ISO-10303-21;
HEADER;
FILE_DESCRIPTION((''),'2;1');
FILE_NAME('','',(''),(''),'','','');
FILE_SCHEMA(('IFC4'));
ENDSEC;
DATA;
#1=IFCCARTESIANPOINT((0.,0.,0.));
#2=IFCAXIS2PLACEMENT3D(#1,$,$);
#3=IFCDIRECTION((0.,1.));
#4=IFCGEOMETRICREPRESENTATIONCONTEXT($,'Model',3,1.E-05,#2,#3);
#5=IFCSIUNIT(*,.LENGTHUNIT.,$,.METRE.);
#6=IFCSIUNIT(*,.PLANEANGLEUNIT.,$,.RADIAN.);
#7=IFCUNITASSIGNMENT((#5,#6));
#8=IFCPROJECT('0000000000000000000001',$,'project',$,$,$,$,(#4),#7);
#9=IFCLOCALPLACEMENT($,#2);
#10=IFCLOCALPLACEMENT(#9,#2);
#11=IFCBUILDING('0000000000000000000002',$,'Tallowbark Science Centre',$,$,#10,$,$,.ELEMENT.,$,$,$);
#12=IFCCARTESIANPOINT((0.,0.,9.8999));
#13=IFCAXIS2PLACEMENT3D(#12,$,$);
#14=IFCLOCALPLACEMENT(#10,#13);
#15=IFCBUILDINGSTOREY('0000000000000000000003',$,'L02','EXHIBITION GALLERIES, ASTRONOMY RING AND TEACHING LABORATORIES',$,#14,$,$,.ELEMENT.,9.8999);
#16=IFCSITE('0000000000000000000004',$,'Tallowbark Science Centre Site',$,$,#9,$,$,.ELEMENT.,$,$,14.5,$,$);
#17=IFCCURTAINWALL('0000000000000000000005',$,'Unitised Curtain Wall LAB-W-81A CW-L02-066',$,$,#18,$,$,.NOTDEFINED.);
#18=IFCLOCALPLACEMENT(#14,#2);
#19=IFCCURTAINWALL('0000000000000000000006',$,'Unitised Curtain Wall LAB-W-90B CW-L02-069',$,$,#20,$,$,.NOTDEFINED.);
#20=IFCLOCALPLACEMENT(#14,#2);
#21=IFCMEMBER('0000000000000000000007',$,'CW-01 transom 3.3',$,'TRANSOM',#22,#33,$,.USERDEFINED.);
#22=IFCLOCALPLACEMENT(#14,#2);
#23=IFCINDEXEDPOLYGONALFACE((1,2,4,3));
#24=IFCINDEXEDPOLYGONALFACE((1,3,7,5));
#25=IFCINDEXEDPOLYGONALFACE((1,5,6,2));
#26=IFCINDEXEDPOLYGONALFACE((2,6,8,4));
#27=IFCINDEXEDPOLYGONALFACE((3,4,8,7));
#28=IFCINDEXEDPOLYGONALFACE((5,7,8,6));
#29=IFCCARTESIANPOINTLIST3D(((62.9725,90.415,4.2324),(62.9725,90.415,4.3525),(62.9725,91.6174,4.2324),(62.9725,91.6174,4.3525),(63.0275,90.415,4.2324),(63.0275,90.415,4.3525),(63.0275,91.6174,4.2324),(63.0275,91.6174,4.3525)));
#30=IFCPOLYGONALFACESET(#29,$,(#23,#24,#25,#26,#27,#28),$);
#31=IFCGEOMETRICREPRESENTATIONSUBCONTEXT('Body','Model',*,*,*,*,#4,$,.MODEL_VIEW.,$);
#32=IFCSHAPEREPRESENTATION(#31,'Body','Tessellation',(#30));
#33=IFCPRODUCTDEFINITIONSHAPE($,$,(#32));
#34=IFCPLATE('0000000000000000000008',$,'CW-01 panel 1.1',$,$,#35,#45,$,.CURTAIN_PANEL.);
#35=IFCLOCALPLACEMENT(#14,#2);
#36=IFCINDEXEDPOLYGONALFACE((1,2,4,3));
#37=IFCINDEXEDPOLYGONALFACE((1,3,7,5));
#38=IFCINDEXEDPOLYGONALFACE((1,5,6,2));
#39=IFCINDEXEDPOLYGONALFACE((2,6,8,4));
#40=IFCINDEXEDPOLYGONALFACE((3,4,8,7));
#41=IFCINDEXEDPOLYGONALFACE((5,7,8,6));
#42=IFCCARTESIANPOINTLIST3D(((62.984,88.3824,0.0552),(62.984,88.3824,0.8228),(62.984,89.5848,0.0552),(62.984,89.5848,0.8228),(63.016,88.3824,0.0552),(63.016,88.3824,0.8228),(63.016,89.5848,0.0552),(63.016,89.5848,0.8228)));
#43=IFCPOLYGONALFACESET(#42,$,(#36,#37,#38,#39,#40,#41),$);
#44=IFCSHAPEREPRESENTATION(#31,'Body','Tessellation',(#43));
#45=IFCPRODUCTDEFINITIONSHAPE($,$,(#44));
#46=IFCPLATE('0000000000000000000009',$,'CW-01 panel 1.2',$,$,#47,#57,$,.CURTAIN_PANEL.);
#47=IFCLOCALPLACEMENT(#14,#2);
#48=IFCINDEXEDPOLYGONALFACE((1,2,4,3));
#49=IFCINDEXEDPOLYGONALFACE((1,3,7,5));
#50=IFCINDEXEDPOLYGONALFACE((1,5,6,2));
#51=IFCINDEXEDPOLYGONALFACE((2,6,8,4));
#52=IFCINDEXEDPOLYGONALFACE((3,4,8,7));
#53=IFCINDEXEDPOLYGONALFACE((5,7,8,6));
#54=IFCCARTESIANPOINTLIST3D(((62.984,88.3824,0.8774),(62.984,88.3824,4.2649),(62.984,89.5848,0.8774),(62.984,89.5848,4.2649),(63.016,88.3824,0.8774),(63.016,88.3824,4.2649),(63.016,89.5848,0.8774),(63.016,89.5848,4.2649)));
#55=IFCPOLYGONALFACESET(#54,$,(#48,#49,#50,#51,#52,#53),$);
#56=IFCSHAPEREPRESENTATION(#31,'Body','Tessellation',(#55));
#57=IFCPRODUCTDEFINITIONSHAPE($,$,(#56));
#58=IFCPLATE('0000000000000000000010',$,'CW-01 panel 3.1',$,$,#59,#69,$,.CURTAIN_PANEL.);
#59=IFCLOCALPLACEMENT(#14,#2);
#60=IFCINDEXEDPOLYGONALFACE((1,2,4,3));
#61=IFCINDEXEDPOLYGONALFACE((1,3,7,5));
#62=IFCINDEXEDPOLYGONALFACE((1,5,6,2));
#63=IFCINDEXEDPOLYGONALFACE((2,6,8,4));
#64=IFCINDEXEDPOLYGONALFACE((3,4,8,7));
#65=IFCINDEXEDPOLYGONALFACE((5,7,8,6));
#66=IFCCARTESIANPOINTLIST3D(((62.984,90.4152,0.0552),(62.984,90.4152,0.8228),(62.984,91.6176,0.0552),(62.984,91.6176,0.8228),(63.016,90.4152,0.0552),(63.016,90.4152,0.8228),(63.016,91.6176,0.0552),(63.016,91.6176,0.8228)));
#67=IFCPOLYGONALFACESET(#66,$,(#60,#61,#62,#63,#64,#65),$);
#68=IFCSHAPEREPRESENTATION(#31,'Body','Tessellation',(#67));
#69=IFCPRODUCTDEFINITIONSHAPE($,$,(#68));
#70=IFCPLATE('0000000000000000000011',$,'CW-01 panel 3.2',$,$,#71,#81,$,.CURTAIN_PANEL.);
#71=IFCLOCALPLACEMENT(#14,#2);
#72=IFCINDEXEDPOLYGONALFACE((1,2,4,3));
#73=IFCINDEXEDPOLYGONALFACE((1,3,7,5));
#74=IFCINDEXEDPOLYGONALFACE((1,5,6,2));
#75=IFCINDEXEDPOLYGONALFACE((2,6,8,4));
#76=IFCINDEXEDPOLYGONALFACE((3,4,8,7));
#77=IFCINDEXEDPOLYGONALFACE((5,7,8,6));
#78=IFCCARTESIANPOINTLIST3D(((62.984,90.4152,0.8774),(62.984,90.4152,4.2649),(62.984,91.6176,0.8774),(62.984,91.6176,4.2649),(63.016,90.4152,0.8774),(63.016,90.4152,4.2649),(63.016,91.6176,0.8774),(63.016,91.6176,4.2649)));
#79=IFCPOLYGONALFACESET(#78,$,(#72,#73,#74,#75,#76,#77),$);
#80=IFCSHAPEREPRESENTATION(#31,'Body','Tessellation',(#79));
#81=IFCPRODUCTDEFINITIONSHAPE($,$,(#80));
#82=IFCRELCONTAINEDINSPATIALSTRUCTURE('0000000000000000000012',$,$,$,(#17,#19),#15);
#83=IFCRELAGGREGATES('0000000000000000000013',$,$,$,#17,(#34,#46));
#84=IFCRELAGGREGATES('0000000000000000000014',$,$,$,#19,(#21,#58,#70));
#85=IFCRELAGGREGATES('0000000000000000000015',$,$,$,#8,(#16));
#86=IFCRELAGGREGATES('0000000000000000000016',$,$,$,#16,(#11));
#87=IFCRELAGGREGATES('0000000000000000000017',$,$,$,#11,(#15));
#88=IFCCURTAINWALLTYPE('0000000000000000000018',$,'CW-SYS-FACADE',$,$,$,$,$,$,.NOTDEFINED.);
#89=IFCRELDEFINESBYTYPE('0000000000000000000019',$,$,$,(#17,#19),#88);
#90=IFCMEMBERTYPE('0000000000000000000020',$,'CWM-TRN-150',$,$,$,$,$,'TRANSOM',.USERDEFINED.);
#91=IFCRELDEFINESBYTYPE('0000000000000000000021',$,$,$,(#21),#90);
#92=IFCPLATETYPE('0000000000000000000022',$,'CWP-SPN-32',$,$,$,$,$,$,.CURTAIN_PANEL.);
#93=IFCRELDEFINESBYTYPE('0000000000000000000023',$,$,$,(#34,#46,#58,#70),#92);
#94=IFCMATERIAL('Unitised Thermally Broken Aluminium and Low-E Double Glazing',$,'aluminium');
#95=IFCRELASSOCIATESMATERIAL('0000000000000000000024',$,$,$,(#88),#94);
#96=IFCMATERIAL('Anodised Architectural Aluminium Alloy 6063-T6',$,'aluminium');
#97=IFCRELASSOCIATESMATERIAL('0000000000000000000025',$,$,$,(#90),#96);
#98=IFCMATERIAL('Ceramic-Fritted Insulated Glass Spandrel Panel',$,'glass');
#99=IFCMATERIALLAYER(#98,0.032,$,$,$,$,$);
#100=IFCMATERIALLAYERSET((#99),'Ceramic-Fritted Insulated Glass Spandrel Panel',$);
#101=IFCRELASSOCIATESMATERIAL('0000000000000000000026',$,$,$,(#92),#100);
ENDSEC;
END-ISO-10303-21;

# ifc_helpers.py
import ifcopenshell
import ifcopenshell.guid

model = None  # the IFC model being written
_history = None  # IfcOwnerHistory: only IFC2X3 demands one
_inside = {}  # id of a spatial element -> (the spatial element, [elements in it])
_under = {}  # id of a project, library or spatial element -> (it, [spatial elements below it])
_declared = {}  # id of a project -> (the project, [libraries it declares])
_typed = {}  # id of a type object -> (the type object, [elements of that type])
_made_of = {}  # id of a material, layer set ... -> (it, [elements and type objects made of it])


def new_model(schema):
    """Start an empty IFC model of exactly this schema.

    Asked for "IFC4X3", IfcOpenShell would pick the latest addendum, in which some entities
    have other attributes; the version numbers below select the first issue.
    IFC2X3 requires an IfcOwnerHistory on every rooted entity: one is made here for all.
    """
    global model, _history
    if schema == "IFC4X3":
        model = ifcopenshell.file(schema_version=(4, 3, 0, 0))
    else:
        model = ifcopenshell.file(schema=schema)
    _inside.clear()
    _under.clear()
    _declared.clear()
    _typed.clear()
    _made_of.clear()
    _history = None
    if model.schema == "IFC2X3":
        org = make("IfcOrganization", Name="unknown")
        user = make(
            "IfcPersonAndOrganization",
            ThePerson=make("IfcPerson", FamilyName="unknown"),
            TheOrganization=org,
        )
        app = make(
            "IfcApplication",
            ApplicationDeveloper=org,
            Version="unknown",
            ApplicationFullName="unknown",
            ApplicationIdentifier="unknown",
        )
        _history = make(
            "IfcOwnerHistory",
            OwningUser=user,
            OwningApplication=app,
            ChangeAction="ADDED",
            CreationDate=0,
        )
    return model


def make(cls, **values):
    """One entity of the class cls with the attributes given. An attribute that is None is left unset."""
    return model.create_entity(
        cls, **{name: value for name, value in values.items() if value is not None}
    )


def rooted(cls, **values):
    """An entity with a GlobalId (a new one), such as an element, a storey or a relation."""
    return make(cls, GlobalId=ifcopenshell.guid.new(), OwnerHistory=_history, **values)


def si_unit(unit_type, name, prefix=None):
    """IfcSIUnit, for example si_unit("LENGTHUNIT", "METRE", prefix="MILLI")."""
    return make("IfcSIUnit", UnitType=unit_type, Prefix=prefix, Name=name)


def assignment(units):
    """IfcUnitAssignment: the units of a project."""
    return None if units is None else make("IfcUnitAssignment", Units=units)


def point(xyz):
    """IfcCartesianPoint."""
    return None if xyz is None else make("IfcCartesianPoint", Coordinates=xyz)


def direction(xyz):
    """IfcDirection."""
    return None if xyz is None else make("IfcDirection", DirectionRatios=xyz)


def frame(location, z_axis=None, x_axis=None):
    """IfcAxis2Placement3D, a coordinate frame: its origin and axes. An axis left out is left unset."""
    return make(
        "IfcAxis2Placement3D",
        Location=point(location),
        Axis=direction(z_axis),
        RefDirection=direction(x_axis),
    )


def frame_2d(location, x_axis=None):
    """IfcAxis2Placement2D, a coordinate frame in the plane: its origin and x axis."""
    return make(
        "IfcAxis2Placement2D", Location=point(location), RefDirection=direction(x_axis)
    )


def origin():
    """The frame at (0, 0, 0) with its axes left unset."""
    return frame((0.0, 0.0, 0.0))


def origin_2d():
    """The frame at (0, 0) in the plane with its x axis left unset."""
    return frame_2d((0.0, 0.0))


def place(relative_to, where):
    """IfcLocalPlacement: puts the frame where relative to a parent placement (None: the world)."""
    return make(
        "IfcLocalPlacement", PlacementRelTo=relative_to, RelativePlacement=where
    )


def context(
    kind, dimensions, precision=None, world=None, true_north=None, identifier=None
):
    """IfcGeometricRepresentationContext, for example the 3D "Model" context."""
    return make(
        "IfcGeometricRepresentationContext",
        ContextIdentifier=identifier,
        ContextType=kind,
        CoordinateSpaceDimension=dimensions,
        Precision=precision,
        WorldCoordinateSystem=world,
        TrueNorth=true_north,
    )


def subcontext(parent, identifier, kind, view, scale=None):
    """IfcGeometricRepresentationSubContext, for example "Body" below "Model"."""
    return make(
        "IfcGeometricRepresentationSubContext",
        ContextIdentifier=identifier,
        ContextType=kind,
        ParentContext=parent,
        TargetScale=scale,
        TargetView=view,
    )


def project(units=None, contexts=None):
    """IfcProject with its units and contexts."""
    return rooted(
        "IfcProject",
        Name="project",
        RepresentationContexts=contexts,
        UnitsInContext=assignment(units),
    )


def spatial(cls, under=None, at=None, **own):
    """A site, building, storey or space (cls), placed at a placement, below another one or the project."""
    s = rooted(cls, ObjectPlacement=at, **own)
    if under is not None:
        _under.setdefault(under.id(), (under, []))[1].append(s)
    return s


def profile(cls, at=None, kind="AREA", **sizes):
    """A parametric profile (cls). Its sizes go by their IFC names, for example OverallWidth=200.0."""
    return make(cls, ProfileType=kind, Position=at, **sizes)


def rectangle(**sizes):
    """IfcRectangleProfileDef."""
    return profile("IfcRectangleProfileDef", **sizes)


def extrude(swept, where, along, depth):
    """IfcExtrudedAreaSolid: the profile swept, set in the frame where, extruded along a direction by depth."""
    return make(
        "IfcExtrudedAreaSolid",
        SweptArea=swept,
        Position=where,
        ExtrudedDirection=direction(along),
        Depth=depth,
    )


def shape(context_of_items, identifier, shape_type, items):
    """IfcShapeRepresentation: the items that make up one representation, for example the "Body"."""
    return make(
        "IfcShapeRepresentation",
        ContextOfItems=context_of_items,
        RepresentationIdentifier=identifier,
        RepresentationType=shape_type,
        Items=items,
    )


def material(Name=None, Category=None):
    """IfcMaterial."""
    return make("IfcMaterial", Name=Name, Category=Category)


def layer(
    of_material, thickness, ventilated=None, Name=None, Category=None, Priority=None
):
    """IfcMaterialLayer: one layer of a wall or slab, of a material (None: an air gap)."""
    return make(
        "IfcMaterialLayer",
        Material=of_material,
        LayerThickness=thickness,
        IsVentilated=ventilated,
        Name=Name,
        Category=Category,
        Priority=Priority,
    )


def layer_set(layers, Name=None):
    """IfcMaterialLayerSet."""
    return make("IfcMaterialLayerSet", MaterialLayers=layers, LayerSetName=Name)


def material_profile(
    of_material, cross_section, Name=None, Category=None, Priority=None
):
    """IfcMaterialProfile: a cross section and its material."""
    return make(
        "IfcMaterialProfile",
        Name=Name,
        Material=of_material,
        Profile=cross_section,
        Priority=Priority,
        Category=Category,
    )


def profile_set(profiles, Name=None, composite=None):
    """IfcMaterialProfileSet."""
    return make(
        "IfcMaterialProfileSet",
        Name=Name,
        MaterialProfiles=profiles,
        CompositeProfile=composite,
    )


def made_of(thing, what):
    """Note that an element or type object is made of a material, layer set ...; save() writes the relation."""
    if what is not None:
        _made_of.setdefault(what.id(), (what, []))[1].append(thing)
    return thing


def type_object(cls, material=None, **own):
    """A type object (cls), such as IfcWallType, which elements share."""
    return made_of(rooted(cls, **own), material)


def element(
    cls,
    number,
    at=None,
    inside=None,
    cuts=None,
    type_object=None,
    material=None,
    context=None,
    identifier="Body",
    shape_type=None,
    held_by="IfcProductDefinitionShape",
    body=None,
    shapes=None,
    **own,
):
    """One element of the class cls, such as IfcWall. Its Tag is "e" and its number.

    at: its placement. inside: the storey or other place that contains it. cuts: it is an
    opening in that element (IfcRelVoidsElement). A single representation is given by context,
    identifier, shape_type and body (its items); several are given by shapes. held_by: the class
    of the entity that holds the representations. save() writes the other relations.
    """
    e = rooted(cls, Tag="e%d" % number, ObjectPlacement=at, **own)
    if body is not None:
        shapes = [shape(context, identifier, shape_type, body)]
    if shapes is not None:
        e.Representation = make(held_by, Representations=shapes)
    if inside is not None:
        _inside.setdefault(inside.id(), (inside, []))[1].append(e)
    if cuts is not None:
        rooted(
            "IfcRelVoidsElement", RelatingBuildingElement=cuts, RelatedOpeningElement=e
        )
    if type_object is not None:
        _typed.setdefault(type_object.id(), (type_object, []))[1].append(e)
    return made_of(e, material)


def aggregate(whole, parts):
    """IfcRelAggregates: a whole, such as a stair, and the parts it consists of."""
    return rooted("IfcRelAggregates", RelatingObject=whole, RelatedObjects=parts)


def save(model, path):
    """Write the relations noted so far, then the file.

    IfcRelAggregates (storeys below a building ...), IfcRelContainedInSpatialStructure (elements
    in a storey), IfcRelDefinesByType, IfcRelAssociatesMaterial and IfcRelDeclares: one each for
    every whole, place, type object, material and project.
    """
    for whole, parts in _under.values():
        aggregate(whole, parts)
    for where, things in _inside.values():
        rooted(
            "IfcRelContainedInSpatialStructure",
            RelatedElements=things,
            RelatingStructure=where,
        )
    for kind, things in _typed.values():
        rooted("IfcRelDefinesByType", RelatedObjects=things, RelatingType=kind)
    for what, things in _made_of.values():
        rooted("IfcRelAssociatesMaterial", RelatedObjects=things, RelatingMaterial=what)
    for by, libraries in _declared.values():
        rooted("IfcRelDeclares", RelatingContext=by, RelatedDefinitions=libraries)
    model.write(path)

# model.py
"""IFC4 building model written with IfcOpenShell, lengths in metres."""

from ifc_helpers import new_model, si_unit, direction, frame, origin, origin_2d, place, context, subcontext, project, spatial, rectangle, extrude, material, layer, layer_set, material_profile, profile_set, type_object, element, aggregate, save


model = new_model("IFC4")

# Units and contexts
model_context = context("Model", 3, precision=1e-05, world=origin(), true_north=direction((0.0, 1.0)))
body_context = subcontext(model_context, "Body", "Model", "MODEL_VIEW")
ifc_project = project(units=[si_unit("LENGTHUNIT", "METRE"), si_unit("PLANEANGLEUNIT", "RADIAN")], contexts=[model_context])

# Site, building, storey
site_placement = place(None, origin())
site = spatial("IfcSite", under=ifc_project, at=site_placement, Name="Tallowbark Science Centre Site", CompositionType="ELEMENT", RefElevation=14.5)
building_placement = place(site_placement, origin())
building = spatial("IfcBuilding", under=site, at=building_placement, Name="Tallowbark Science Centre", CompositionType="ELEMENT")
storey_placement = place(building_placement, frame((0.0, 0.0, 9.8999)))
storey = spatial("IfcBuildingStorey", under=building, at=storey_placement, Name="L02", Description="EXHIBITION GALLERIES, ASTRONOMY RING AND TEACHING LABORATORIES", CompositionType="ELEMENT", Elevation=9.8999)

# Curtain wall
ifc_material_1 = material(Name="Unitised Thermally Broken Aluminium and Low-E Double Glazing", Category="aluminium")
curtain_wall_type = type_object("IfcCurtainWallType", Name="CW-SYS-FACADE", PredefinedType="NOTDEFINED", material=ifc_material_1)
curtain_wall_1_placement = place(storey_placement, origin())
curtain_wall_1 = element("IfcCurtainWall", 1, at=curtain_wall_1_placement, inside=storey, type_object=curtain_wall_type, Name="Unitised Curtain Wall LAB-W-81A CW-L02-066", PredefinedType="NOTDEFINED")
ifc_material_2 = material(Name="Anodised Architectural Aluminium Alloy 6063-T6", Category="aluminium")

# Curtain wall
curtain_wall_2_placement = place(storey_placement, origin())
curtain_wall_2 = element("IfcCurtainWall", 2, at=curtain_wall_2_placement, inside=storey, type_object=curtain_wall_type, Name="Unitised Curtain Wall LAB-W-90B CW-L02-069", PredefinedType="NOTDEFINED")

# Member
ifc_material_profile_1 = material_profile(ifc_material_2, rectangle(XDim=0.0549, YDim=0.1201, at=origin_2d()), Name="ALU55x120")
ifc_profile_set_1 = profile_set([ifc_material_profile_1], Name="Anodised Architectural Aluminium Alloy 6063-T6")
member_type_1 = type_object("IfcMemberType", Name="CWM-TRN-150", ElementType="TRANSOM", PredefinedType="USERDEFINED", material=ifc_profile_set_1)
member_1_placement = place(storey_placement, frame((63.0, 91.6174, 4.2925), z_axis=(0.0, -1.0, 0.0), x_axis=(1.0, 0.0, 0.0)))
member_1 = element("IfcMember", 3, at=member_1_placement, type_object=member_type_1, Name="CW-01 transom 3.3", ObjectType="TRANSOM", PredefinedType="USERDEFINED", context=body_context, shape_type="SweptSolid", body=[
    extrude(rectangle(XDim=0.0549, YDim=0.1201, at=origin_2d()), origin(), (0.0, 0.0, 1.0), 1.2024),
])

# Plates
ifc_material_3 = material(Name="Ceramic-Fritted Insulated Glass Spandrel Panel", Category="glass")
ifc_layer = layer(ifc_material_3, 0.032)
ifc_layer_set = layer_set([ifc_layer], Name="Ceramic-Fritted Insulated Glass Spandrel Panel")
plate_type = type_object("IfcPlateType", Name="CWP-SPN-32", PredefinedType="CURTAIN_PANEL", material=ifc_layer_set)
plate_1_placement = place(storey_placement, frame((63.0, 88.9836, 0.0552), z_axis=(0.0, 0.0, 1.0), x_axis=(0.0, -1.0, 0.0)))
plate_1 = element("IfcPlate", 4, at=plate_1_placement, type_object=plate_type, Name="CW-01 panel 1.1", PredefinedType="CURTAIN_PANEL", context=body_context, shape_type="SweptSolid", body=[
    extrude(rectangle(XDim=1.2024, YDim=0.032, at=origin_2d()), origin(), (0.0, 0.0, 1.0), 0.7676),
])
plate_2_placement = place(storey_placement, frame((63.0, 88.9836, 0.8774), z_axis=(0.0, 0.0, 1.0), x_axis=(0.0, -1.0, 0.0)))
plate_2 = element("IfcPlate", 5, at=plate_2_placement, type_object=plate_type, Name="CW-01 panel 1.2", PredefinedType="CURTAIN_PANEL", context=body_context, shape_type="SweptSolid", body=[
    extrude(rectangle(XDim=1.2024, YDim=0.032, at=origin_2d()), origin(), (0.0, 0.0, 1.0), 3.3875),
])
aggregate(curtain_wall_1, [plate_1, plate_2])
plate_3_placement = place(storey_placement, frame((63.0, 91.0164, 0.0552), z_axis=(0.0, 0.0, 1.0), x_axis=(0.0, -1.0, 0.0)))
plate_3 = element("IfcPlate", 6, at=plate_3_placement, type_object=plate_type, Name="CW-01 panel 3.1", PredefinedType="CURTAIN_PANEL", context=body_context, shape_type="SweptSolid", body=[
    extrude(rectangle(XDim=1.2024, YDim=0.032, at=origin_2d()), origin(), (0.0, 0.0, 1.0), 0.7676),
])
plate_4_placement = place(storey_placement, frame((63.0, 91.0164, 0.8774), z_axis=(0.0, 0.0, 1.0), x_axis=(0.0, -1.0, 0.0)))
plate_4 = element("IfcPlate", 7, at=plate_4_placement, type_object=plate_type, Name="CW-01 panel 3.2", PredefinedType="CURTAIN_PANEL", context=body_context, shape_type="SweptSolid", body=[
    extrude(rectangle(XDim=1.2024, YDim=0.032, at=origin_2d()), origin(), (0.0, 0.0, 1.0), 3.3875),
])
aggregate(curtain_wall_2, [member_1, plate_3, plate_4])

save(model, "model.ifc")
